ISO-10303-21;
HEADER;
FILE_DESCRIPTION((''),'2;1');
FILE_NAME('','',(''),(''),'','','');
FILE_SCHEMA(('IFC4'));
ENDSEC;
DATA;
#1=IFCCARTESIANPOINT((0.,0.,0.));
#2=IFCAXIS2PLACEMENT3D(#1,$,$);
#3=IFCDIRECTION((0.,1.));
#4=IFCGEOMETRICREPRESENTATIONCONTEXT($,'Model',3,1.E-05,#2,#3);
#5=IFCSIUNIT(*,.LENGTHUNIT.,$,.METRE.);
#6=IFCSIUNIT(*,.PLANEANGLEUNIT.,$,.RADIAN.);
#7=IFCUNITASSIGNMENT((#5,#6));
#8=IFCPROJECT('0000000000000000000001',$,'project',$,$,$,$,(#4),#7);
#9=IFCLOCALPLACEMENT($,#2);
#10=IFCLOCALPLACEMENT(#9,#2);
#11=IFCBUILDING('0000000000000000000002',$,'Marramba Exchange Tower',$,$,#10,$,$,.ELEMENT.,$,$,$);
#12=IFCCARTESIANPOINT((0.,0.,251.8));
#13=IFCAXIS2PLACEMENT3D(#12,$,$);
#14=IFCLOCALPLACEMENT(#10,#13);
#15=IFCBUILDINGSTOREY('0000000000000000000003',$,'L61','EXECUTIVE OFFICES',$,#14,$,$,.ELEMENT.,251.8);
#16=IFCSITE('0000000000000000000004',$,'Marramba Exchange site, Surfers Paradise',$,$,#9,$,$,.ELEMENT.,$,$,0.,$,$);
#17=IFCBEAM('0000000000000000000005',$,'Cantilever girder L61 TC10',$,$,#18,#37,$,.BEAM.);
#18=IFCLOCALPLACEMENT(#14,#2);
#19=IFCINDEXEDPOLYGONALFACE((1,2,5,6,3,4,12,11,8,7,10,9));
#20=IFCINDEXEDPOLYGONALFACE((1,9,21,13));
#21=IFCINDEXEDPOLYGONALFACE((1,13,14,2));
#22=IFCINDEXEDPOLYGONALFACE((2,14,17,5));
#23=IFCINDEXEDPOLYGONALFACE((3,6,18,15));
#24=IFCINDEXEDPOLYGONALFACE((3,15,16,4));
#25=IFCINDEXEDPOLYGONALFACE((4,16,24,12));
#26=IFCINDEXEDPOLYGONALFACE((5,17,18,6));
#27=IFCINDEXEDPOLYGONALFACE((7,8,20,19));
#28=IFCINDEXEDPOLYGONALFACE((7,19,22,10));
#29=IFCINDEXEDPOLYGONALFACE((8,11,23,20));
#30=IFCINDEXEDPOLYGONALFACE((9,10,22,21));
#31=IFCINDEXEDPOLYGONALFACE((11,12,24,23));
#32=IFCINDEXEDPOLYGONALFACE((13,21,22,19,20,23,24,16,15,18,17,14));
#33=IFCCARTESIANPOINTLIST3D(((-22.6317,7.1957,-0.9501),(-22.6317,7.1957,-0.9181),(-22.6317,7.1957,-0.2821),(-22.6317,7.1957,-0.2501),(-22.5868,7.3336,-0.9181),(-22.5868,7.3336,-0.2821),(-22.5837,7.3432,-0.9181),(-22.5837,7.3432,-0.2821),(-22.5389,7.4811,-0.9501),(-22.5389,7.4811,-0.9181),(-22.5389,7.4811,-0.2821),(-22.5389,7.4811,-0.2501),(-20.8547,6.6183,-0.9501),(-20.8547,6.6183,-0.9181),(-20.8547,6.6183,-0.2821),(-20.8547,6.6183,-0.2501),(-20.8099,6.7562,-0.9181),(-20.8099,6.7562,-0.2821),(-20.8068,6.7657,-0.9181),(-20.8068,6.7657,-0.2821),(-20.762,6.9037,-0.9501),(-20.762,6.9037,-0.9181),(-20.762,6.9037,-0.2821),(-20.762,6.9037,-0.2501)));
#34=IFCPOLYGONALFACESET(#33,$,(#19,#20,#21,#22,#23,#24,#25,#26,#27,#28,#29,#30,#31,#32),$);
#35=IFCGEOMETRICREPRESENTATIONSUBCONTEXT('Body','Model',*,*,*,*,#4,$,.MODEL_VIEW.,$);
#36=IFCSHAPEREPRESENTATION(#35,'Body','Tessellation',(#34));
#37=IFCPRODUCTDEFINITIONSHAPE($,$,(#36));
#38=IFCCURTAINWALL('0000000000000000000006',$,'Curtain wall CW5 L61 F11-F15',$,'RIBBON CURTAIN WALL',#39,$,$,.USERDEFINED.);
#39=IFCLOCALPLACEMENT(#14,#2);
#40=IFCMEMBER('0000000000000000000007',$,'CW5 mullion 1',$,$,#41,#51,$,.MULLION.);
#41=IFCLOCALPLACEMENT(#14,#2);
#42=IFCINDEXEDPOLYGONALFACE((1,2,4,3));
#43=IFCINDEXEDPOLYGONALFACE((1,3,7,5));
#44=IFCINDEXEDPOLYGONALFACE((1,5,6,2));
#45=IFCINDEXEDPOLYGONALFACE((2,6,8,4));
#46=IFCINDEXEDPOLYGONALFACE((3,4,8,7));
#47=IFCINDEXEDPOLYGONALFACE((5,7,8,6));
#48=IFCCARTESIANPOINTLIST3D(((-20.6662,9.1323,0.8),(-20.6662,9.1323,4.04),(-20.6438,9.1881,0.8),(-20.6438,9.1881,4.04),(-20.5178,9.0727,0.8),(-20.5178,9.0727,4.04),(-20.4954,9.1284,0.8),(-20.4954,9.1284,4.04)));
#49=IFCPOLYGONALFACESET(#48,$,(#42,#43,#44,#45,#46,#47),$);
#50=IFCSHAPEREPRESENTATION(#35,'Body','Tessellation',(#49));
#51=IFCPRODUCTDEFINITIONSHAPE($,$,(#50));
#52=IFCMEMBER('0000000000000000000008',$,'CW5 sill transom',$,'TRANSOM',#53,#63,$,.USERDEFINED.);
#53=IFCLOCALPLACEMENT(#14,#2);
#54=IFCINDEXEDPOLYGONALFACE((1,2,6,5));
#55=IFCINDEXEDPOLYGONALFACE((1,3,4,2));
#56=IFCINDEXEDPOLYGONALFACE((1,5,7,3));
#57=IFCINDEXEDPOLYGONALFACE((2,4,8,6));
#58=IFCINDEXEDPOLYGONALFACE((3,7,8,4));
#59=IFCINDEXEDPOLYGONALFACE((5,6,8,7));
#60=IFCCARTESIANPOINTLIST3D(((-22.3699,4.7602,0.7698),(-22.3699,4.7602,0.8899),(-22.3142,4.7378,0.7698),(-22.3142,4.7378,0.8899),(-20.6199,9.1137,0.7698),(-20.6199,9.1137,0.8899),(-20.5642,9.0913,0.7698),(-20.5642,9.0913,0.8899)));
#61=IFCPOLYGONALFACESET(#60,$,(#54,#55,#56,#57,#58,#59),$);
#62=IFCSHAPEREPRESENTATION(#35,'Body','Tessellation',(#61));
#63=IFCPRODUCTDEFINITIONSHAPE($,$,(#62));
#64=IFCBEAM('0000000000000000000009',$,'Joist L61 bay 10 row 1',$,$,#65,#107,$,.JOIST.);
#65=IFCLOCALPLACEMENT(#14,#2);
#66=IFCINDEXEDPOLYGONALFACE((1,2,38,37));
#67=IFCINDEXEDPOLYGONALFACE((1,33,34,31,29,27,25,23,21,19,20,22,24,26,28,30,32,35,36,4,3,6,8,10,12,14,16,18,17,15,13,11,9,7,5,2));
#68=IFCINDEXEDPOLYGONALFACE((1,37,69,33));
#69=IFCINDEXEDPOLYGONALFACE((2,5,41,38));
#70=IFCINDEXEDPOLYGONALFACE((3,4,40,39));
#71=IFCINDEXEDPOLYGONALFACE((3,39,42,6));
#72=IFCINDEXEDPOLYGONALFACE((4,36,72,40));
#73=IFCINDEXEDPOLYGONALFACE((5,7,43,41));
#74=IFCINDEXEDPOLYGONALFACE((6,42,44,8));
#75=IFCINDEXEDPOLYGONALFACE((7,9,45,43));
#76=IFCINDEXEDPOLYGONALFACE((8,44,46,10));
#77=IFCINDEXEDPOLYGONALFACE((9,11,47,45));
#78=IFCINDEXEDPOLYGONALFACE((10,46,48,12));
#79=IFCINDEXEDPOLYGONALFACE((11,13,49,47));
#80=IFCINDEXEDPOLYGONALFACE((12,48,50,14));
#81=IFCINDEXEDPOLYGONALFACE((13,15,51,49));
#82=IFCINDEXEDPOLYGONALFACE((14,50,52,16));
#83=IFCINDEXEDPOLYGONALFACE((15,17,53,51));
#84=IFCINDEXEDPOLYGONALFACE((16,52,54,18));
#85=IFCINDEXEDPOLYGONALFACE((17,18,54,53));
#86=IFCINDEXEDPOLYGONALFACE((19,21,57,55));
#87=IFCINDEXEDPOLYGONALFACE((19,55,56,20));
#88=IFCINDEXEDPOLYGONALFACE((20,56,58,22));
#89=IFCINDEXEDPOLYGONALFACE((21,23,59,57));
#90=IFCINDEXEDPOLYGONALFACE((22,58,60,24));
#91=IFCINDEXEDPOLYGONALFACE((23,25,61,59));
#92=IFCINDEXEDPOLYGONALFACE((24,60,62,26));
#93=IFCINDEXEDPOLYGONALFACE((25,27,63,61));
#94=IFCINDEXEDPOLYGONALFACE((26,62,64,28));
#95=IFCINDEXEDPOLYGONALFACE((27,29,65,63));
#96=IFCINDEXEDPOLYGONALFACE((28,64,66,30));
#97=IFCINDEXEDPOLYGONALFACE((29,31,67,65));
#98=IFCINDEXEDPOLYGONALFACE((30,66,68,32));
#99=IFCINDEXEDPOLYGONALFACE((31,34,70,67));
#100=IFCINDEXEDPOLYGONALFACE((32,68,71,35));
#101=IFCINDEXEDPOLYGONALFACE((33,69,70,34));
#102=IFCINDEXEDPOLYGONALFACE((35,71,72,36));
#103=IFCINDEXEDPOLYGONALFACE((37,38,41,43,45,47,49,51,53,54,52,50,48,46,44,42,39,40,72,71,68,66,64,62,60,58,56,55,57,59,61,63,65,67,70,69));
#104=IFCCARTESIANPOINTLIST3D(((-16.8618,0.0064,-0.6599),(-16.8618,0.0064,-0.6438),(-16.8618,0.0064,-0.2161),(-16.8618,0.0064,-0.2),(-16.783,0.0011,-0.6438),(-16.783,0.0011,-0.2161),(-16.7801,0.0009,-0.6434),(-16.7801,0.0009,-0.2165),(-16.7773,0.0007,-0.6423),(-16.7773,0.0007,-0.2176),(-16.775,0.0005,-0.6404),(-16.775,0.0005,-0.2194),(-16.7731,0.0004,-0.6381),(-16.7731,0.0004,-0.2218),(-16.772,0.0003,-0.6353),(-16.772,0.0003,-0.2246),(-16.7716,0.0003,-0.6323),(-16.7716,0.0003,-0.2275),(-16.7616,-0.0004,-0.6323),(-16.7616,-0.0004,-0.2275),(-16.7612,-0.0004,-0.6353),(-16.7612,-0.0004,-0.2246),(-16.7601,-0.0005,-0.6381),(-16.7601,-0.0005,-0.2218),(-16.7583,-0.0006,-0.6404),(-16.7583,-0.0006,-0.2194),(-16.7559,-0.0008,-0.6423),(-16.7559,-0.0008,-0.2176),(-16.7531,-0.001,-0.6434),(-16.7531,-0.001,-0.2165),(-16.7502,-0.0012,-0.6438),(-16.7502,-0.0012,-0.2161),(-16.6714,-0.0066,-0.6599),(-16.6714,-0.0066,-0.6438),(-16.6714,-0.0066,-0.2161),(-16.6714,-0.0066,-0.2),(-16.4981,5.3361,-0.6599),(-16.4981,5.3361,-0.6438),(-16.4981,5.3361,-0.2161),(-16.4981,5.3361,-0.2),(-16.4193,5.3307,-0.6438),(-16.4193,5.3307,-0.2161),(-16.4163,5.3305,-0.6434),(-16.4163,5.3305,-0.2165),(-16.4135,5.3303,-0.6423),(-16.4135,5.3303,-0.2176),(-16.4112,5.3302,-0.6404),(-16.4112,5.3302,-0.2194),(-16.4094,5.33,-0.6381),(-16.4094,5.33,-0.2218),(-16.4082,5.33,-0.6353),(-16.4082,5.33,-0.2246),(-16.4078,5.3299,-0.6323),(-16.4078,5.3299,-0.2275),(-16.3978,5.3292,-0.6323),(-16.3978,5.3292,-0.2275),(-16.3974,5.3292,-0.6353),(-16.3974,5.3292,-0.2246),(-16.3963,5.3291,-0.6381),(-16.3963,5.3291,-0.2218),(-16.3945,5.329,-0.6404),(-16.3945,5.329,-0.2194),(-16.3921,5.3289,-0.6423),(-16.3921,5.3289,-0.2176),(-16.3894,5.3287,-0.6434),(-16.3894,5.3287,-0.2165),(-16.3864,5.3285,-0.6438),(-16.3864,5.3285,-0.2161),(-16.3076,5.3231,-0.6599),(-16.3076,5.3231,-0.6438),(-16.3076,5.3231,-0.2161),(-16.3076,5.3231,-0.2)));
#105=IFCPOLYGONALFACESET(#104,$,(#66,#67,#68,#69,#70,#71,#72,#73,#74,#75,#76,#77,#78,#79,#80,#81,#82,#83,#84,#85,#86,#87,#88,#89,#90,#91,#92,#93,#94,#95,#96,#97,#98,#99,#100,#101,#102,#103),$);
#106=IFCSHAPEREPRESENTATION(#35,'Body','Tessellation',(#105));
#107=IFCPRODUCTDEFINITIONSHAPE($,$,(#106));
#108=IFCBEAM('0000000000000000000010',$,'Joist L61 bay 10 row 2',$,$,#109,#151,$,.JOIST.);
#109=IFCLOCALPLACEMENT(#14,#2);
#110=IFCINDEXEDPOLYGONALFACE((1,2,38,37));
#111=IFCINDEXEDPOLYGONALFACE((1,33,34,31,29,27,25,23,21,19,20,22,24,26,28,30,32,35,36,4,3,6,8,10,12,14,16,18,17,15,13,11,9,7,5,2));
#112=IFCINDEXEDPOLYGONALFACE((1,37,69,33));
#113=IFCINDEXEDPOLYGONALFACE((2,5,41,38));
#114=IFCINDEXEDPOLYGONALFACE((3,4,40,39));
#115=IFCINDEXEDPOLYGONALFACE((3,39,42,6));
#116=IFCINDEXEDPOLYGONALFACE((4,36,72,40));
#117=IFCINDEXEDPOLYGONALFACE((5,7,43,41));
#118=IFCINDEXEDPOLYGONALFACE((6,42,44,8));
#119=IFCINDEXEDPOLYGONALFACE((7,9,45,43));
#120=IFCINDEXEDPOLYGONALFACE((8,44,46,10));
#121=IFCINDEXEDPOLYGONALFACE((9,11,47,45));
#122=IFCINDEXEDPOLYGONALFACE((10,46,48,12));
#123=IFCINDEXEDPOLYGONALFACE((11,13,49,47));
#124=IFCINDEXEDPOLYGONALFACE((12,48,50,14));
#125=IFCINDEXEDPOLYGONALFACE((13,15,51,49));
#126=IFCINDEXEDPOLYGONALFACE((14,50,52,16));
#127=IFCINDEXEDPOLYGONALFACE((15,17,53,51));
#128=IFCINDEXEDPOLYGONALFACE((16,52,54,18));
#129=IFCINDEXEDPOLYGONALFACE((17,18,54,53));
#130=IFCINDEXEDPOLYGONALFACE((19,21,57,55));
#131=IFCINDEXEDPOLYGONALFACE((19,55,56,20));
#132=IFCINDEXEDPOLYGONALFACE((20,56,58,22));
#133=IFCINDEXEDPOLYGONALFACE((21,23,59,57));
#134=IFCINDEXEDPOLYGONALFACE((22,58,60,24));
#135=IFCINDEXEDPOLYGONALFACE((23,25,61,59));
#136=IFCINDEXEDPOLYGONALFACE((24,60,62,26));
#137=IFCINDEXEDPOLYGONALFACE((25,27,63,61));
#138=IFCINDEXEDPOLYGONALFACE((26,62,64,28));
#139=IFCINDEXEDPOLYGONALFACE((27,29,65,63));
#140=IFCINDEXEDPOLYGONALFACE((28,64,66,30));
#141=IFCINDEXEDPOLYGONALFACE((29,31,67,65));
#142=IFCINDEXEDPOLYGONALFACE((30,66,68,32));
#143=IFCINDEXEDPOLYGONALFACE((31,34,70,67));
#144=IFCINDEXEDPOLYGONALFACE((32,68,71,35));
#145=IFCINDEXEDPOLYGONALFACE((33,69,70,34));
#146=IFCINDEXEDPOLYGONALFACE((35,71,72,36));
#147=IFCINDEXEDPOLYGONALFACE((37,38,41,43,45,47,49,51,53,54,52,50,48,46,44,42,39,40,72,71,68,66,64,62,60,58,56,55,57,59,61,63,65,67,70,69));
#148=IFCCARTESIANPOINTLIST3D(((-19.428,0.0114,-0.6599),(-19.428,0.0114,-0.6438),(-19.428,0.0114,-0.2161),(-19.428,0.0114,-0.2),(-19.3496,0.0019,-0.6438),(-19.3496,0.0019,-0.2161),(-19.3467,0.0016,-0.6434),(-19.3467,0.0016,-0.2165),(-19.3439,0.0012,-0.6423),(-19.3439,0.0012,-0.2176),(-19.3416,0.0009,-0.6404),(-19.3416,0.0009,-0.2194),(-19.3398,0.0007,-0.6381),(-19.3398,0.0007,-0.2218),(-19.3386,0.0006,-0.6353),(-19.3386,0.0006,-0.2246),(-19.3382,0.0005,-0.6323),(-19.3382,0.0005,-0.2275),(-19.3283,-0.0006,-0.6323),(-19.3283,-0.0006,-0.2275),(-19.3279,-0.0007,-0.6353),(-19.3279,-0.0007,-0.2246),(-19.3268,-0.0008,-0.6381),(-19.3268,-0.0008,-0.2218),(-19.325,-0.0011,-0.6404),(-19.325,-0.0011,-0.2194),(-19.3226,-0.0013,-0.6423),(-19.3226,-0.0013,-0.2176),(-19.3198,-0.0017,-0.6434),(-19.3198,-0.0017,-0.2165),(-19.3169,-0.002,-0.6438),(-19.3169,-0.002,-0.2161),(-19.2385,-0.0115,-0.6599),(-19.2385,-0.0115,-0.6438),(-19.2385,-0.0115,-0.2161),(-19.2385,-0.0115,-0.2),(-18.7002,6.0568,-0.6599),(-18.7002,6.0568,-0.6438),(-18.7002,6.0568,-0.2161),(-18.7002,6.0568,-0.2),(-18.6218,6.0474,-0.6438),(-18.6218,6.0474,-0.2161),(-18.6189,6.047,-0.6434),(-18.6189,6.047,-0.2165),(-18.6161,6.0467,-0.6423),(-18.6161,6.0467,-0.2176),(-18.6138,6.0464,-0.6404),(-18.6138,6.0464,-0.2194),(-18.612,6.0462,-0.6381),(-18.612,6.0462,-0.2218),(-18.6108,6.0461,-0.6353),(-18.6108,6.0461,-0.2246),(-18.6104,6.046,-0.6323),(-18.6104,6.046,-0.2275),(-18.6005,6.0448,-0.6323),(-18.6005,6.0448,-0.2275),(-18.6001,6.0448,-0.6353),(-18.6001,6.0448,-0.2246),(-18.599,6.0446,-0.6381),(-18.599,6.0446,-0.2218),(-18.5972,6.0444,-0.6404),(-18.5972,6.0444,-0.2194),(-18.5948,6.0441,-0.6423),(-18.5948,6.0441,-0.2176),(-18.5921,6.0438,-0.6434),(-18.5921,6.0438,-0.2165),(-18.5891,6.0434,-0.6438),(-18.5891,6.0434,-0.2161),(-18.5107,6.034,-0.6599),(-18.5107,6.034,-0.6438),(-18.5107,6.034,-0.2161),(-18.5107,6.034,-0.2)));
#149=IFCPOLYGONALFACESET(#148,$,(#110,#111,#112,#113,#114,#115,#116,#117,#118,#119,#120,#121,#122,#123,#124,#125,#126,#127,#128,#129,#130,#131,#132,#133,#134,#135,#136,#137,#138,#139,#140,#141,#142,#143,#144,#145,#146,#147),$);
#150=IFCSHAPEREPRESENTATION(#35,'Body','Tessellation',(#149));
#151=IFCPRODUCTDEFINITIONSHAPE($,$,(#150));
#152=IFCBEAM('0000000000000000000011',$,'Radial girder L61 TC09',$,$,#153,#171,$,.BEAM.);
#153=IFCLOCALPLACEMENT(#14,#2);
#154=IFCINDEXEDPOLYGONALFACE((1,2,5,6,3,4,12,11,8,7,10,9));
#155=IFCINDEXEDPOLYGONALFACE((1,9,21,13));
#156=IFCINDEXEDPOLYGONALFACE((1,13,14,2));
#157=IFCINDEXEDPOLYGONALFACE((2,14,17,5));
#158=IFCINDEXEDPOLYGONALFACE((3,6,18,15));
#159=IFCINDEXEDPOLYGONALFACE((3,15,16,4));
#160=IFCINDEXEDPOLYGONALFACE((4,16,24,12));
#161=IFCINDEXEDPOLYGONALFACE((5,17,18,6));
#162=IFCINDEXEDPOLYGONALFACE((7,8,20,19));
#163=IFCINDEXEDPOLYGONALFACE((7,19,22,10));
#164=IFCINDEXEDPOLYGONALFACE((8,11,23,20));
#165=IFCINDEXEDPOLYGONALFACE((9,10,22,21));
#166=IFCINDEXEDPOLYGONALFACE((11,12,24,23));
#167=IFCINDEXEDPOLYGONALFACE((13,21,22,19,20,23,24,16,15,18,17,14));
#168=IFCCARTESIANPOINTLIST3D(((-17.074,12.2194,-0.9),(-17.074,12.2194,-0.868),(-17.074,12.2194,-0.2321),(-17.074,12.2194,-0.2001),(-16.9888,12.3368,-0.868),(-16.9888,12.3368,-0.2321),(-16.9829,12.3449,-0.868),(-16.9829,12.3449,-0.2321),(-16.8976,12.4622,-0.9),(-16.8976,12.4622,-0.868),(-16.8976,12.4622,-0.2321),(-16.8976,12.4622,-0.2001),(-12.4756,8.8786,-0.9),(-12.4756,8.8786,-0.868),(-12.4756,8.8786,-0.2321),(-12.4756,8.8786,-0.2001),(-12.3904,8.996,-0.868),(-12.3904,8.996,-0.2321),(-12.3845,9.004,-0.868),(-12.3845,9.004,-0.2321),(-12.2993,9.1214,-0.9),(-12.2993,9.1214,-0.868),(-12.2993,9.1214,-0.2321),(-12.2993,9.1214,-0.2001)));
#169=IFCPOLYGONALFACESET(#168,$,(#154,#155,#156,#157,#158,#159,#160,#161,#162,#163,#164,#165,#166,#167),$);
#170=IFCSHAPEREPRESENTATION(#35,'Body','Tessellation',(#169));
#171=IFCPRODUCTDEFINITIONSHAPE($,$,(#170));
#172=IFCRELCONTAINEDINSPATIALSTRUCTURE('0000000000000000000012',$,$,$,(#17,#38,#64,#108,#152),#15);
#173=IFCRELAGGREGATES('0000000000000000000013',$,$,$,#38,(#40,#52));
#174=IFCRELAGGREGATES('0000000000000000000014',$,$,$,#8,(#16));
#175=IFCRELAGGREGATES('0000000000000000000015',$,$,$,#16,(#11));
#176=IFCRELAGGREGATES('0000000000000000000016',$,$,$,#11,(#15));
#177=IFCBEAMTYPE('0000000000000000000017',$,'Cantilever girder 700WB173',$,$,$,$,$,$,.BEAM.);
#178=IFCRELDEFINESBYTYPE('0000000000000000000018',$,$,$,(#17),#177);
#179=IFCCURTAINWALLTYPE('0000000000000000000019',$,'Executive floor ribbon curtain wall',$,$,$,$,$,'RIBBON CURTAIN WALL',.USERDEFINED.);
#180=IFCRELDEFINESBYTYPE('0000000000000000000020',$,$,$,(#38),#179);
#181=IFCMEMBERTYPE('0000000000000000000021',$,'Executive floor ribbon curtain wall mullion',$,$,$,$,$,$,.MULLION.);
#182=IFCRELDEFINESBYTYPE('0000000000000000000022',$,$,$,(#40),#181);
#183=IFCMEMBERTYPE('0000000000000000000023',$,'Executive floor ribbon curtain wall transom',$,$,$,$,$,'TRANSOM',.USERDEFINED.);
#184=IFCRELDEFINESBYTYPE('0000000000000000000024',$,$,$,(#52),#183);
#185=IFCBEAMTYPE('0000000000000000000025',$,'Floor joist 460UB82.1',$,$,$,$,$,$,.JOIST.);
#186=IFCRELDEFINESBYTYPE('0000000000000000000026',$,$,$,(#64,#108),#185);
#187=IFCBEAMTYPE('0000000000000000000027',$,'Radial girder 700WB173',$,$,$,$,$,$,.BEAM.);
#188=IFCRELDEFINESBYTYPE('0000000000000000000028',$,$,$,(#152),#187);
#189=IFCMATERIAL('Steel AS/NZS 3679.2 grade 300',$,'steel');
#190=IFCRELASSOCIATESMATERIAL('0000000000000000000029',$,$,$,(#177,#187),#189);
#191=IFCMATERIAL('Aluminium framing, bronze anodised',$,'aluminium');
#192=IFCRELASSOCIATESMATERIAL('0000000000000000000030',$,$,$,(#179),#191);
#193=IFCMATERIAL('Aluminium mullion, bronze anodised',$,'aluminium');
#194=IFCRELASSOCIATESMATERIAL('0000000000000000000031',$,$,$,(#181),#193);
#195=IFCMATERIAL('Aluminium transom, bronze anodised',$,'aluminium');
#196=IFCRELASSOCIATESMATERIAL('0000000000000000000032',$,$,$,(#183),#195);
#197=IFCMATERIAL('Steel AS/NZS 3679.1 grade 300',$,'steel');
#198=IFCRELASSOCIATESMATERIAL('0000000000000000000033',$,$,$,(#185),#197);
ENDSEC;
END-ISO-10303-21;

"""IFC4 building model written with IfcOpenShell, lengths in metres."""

from ifc_helpers import new_model, si_unit, direction, frame, origin, origin_2d, place, context, subcontext, project, spatial, rectangle, i_section, extrude, material, material_profile, profile_set, type_object, element, aggregate, save


model = new_model("IFC4")

# Units and contexts
model_context = context("Model", 3, precision=1e-05, world=origin(), true_north=direction((0.0, 1.0)))
body_context = subcontext(model_context, "Body", "Model", "MODEL_VIEW")
ifc_project = project(units=[si_unit("LENGTHUNIT", "METRE"), si_unit("PLANEANGLEUNIT", "RADIAN")], contexts=[model_context])

# Site, building, storey
site_placement = place(None, origin())
site = spatial("IfcSite", under=ifc_project, at=site_placement, Name="Marramba Exchange site, Surfers Paradise", CompositionType="ELEMENT", RefElevation=0.0)
building_placement = place(site_placement, origin())
building = spatial("IfcBuilding", under=site, at=building_placement, Name="Marramba Exchange Tower", CompositionType="ELEMENT")
storey_placement = place(building_placement, frame((0.0, 0.0, 251.8)))
storey = spatial("IfcBuildingStorey", under=building, at=storey_placement, Name="L61", Description="EXECUTIVE OFFICES", CompositionType="ELEMENT", Elevation=251.8)

# Beam
ifc_material_1 = material(Name="Steel AS/NZS 3679.2 grade 300", Category="steel")
ifc_material_profile_1 = material_profile(ifc_material_1, i_section(OverallWidth=0.3, OverallDepth=0.7, WebThickness=0.01, FlangeThickness=0.032, at=origin_2d()), Name="700WB173")
ifc_profile_set_1 = profile_set([ifc_material_profile_1], Name="Steel AS/NZS 3679.2 grade 300")
beam_type_1 = type_object("IfcBeamType", Name="Cantilever girder 700WB173", PredefinedType="BEAM", material=ifc_profile_set_1)
beam_1_placement = place(storey_placement, frame((-20.8083, 6.761, -0.6001), z_axis=(-0.951048, 0.309045, 0.0), x_axis=(-0.309045, -0.951048, 0.0)))
element("IfcBeam", 1, at=beam_1_placement, inside=storey, type_object=beam_type_1, Name="Cantilever girder L61 TC10", PredefinedType="BEAM", context=body_context, shape_type="SweptSolid", body=[
    extrude(i_section(OverallWidth=0.3, OverallDepth=0.7, WebThickness=0.01, FlangeThickness=0.032, at=origin_2d()), origin(), (0.0, 0.0, 1.0), 1.8684),
])

# Curtain wall, members
ifc_material_2 = material(Name="Aluminium framing, bronze anodised", Category="aluminium")
curtain_wall_type = type_object("IfcCurtainWallType", Name="Executive floor ribbon curtain wall", ElementType="RIBBON CURTAIN WALL", PredefinedType="USERDEFINED", material=ifc_material_2)
curtain_wall_placement = place(storey_placement, origin())
curtain_wall = element("IfcCurtainWall", 2, at=curtain_wall_placement, inside=storey, type_object=curtain_wall_type, Name="Curtain wall CW5 L61 F11-F15", ObjectType="RIBBON CURTAIN WALL", PredefinedType="USERDEFINED")
ifc_material_3 = material(Name="Aluminium mullion, bronze anodised", Category="aluminium")
ifc_material_profile_2 = material_profile(ifc_material_3, rectangle(XDim=0.1599, YDim=0.0601, at=origin_2d()), Name="CW5 mullion 60x160")
ifc_profile_set_2 = profile_set([ifc_material_profile_2], Name="Aluminium mullion, bronze anodised")
member_type_1 = type_object("IfcMemberType", Name="Executive floor ribbon curtain wall mullion", PredefinedType="MULLION", material=ifc_profile_set_2)
member_1_placement = place(storey_placement, frame((-20.5808, 9.1304, 0.8), z_axis=(0.0, 0.0, 1.0), x_axis=(0.927838, -0.372983, 0.0)))
member_1 = element("IfcMember", 3, at=member_1_placement, type_object=member_type_1, Name="CW5 mullion 1", PredefinedType="MULLION", context=body_context, shape_type="SweptSolid", body=[
    extrude(rectangle(XDim=0.1599, YDim=0.0601, at=origin_2d()), origin(), (0.0, 0.0, 1.0), 3.24),
])
ifc_material_4 = material(Name="Aluminium transom, bronze anodised", Category="aluminium")
ifc_material_profile_3 = material_profile(ifc_material_4, rectangle(XDim=0.0601, YDim=0.1201, at=origin_2d()), Name="CW5 transom 60x120")
ifc_profile_set_3 = profile_set([ifc_material_profile_3], Name="Aluminium transom, bronze anodised")
member_type_2 = type_object("IfcMemberType", Name="Executive floor ribbon curtain wall transom", ElementType="TRANSOM", PredefinedType="USERDEFINED", material=ifc_profile_set_3)
member_2_placement = place(storey_placement, frame((-20.592, 9.1025, 0.8298), z_axis=(-0.372969, -0.927844, 0.0), x_axis=(0.927844, -0.372969, 0.0)))
member_2 = element("IfcMember", 4, at=member_2_placement, type_object=member_type_2, Name="CW5 sill transom", ObjectType="TRANSOM", PredefinedType="USERDEFINED", context=body_context, shape_type="SweptSolid", body=[
    extrude(rectangle(XDim=0.0601, YDim=0.1201, at=origin_2d()), origin(), (0.0, 0.0, 1.0), 4.6921),
])
aggregate(curtain_wall, [member_1, member_2])

# Beams
ifc_material_5 = material(Name="Steel AS/NZS 3679.1 grade 300", Category="steel")
ifc_material_profile_4 = material_profile(ifc_material_5, i_section(OverallWidth=0.1909, OverallDepth=0.46, WebThickness=0.01, FlangeThickness=0.0161, FilletRadius=0.0115, at=origin_2d()), Name="460UB82.1")
ifc_profile_set_4 = profile_set([ifc_material_profile_4], Name="Steel AS/NZS 3679.1 grade 300")
beam_type_2 = type_object("IfcBeamType", Name="Floor joist 460UB82.1", PredefinedType="JOIST", material=ifc_profile_set_4)
beam_2_placement = place(storey_placement, frame((-16.4028, 5.3296, -0.4299), z_axis=(-0.068096, -0.997679, 0.0), x_axis=(0.997679, -0.068096, 0.0)))
element("IfcBeam", 5, at=beam_2_placement, inside=storey, type_object=beam_type_2, Name="Joist L61 bay 10 row 1", PredefinedType="JOIST", context=body_context, shape_type="SweptSolid", body=[
    extrude(i_section(OverallWidth=0.1909, OverallDepth=0.46, WebThickness=0.01, FlangeThickness=0.0161, FilletRadius=0.0115, at=origin_2d()), origin(), (0.0, 0.0, 1.0), 5.342),
])
beam_3_placement = place(storey_placement, frame((-18.6055, 6.0454, -0.4299), z_axis=(-0.119523, -0.992831, 0.0), x_axis=(0.992831, -0.119523, 0.0)))
element("IfcBeam", 6, at=beam_3_placement, inside=storey, type_object=beam_type_2, Name="Joist L61 bay 10 row 2", PredefinedType="JOIST", context=body_context, shape_type="SweptSolid", body=[
    extrude(i_section(OverallWidth=0.1909, OverallDepth=0.46, WebThickness=0.01, FlangeThickness=0.0161, FilletRadius=0.0115, at=origin_2d()), origin(), (0.0, 0.0, 1.0), 6.0891),
])
ifc_material_profile_5 = material_profile(ifc_material_1, i_section(OverallWidth=0.3, OverallDepth=0.7, WebThickness=0.01, FlangeThickness=0.032, at=origin_2d()), Name="700WB173")
ifc_profile_set_5 = profile_set([ifc_material_profile_5], Name="Steel AS/NZS 3679.2 grade 300")
beam_type_3 = type_object("IfcBeamType", Name="Radial girder 700WB173", PredefinedType="BEAM", material=ifc_profile_set_5)
beam_4_placement = place(storey_placement, frame((-12.3875, 9.0, -0.55), z_axis=(-0.809026, 0.587773, 0.0), x_axis=(-0.587773, -0.809026, 0.0)))
element("IfcBeam", 7, at=beam_4_placement, inside=storey, type_object=beam_type_3, Name="Radial girder L61 TC09", PredefinedType="BEAM", context=body_context, shape_type="SweptSolid", body=[
    extrude(i_section(OverallWidth=0.3, OverallDepth=0.7, WebThickness=0.01, FlangeThickness=0.032, at=origin_2d()), origin(), (0.0, 0.0, 1.0), 5.6838),
])

save(model, "model.ifc")
